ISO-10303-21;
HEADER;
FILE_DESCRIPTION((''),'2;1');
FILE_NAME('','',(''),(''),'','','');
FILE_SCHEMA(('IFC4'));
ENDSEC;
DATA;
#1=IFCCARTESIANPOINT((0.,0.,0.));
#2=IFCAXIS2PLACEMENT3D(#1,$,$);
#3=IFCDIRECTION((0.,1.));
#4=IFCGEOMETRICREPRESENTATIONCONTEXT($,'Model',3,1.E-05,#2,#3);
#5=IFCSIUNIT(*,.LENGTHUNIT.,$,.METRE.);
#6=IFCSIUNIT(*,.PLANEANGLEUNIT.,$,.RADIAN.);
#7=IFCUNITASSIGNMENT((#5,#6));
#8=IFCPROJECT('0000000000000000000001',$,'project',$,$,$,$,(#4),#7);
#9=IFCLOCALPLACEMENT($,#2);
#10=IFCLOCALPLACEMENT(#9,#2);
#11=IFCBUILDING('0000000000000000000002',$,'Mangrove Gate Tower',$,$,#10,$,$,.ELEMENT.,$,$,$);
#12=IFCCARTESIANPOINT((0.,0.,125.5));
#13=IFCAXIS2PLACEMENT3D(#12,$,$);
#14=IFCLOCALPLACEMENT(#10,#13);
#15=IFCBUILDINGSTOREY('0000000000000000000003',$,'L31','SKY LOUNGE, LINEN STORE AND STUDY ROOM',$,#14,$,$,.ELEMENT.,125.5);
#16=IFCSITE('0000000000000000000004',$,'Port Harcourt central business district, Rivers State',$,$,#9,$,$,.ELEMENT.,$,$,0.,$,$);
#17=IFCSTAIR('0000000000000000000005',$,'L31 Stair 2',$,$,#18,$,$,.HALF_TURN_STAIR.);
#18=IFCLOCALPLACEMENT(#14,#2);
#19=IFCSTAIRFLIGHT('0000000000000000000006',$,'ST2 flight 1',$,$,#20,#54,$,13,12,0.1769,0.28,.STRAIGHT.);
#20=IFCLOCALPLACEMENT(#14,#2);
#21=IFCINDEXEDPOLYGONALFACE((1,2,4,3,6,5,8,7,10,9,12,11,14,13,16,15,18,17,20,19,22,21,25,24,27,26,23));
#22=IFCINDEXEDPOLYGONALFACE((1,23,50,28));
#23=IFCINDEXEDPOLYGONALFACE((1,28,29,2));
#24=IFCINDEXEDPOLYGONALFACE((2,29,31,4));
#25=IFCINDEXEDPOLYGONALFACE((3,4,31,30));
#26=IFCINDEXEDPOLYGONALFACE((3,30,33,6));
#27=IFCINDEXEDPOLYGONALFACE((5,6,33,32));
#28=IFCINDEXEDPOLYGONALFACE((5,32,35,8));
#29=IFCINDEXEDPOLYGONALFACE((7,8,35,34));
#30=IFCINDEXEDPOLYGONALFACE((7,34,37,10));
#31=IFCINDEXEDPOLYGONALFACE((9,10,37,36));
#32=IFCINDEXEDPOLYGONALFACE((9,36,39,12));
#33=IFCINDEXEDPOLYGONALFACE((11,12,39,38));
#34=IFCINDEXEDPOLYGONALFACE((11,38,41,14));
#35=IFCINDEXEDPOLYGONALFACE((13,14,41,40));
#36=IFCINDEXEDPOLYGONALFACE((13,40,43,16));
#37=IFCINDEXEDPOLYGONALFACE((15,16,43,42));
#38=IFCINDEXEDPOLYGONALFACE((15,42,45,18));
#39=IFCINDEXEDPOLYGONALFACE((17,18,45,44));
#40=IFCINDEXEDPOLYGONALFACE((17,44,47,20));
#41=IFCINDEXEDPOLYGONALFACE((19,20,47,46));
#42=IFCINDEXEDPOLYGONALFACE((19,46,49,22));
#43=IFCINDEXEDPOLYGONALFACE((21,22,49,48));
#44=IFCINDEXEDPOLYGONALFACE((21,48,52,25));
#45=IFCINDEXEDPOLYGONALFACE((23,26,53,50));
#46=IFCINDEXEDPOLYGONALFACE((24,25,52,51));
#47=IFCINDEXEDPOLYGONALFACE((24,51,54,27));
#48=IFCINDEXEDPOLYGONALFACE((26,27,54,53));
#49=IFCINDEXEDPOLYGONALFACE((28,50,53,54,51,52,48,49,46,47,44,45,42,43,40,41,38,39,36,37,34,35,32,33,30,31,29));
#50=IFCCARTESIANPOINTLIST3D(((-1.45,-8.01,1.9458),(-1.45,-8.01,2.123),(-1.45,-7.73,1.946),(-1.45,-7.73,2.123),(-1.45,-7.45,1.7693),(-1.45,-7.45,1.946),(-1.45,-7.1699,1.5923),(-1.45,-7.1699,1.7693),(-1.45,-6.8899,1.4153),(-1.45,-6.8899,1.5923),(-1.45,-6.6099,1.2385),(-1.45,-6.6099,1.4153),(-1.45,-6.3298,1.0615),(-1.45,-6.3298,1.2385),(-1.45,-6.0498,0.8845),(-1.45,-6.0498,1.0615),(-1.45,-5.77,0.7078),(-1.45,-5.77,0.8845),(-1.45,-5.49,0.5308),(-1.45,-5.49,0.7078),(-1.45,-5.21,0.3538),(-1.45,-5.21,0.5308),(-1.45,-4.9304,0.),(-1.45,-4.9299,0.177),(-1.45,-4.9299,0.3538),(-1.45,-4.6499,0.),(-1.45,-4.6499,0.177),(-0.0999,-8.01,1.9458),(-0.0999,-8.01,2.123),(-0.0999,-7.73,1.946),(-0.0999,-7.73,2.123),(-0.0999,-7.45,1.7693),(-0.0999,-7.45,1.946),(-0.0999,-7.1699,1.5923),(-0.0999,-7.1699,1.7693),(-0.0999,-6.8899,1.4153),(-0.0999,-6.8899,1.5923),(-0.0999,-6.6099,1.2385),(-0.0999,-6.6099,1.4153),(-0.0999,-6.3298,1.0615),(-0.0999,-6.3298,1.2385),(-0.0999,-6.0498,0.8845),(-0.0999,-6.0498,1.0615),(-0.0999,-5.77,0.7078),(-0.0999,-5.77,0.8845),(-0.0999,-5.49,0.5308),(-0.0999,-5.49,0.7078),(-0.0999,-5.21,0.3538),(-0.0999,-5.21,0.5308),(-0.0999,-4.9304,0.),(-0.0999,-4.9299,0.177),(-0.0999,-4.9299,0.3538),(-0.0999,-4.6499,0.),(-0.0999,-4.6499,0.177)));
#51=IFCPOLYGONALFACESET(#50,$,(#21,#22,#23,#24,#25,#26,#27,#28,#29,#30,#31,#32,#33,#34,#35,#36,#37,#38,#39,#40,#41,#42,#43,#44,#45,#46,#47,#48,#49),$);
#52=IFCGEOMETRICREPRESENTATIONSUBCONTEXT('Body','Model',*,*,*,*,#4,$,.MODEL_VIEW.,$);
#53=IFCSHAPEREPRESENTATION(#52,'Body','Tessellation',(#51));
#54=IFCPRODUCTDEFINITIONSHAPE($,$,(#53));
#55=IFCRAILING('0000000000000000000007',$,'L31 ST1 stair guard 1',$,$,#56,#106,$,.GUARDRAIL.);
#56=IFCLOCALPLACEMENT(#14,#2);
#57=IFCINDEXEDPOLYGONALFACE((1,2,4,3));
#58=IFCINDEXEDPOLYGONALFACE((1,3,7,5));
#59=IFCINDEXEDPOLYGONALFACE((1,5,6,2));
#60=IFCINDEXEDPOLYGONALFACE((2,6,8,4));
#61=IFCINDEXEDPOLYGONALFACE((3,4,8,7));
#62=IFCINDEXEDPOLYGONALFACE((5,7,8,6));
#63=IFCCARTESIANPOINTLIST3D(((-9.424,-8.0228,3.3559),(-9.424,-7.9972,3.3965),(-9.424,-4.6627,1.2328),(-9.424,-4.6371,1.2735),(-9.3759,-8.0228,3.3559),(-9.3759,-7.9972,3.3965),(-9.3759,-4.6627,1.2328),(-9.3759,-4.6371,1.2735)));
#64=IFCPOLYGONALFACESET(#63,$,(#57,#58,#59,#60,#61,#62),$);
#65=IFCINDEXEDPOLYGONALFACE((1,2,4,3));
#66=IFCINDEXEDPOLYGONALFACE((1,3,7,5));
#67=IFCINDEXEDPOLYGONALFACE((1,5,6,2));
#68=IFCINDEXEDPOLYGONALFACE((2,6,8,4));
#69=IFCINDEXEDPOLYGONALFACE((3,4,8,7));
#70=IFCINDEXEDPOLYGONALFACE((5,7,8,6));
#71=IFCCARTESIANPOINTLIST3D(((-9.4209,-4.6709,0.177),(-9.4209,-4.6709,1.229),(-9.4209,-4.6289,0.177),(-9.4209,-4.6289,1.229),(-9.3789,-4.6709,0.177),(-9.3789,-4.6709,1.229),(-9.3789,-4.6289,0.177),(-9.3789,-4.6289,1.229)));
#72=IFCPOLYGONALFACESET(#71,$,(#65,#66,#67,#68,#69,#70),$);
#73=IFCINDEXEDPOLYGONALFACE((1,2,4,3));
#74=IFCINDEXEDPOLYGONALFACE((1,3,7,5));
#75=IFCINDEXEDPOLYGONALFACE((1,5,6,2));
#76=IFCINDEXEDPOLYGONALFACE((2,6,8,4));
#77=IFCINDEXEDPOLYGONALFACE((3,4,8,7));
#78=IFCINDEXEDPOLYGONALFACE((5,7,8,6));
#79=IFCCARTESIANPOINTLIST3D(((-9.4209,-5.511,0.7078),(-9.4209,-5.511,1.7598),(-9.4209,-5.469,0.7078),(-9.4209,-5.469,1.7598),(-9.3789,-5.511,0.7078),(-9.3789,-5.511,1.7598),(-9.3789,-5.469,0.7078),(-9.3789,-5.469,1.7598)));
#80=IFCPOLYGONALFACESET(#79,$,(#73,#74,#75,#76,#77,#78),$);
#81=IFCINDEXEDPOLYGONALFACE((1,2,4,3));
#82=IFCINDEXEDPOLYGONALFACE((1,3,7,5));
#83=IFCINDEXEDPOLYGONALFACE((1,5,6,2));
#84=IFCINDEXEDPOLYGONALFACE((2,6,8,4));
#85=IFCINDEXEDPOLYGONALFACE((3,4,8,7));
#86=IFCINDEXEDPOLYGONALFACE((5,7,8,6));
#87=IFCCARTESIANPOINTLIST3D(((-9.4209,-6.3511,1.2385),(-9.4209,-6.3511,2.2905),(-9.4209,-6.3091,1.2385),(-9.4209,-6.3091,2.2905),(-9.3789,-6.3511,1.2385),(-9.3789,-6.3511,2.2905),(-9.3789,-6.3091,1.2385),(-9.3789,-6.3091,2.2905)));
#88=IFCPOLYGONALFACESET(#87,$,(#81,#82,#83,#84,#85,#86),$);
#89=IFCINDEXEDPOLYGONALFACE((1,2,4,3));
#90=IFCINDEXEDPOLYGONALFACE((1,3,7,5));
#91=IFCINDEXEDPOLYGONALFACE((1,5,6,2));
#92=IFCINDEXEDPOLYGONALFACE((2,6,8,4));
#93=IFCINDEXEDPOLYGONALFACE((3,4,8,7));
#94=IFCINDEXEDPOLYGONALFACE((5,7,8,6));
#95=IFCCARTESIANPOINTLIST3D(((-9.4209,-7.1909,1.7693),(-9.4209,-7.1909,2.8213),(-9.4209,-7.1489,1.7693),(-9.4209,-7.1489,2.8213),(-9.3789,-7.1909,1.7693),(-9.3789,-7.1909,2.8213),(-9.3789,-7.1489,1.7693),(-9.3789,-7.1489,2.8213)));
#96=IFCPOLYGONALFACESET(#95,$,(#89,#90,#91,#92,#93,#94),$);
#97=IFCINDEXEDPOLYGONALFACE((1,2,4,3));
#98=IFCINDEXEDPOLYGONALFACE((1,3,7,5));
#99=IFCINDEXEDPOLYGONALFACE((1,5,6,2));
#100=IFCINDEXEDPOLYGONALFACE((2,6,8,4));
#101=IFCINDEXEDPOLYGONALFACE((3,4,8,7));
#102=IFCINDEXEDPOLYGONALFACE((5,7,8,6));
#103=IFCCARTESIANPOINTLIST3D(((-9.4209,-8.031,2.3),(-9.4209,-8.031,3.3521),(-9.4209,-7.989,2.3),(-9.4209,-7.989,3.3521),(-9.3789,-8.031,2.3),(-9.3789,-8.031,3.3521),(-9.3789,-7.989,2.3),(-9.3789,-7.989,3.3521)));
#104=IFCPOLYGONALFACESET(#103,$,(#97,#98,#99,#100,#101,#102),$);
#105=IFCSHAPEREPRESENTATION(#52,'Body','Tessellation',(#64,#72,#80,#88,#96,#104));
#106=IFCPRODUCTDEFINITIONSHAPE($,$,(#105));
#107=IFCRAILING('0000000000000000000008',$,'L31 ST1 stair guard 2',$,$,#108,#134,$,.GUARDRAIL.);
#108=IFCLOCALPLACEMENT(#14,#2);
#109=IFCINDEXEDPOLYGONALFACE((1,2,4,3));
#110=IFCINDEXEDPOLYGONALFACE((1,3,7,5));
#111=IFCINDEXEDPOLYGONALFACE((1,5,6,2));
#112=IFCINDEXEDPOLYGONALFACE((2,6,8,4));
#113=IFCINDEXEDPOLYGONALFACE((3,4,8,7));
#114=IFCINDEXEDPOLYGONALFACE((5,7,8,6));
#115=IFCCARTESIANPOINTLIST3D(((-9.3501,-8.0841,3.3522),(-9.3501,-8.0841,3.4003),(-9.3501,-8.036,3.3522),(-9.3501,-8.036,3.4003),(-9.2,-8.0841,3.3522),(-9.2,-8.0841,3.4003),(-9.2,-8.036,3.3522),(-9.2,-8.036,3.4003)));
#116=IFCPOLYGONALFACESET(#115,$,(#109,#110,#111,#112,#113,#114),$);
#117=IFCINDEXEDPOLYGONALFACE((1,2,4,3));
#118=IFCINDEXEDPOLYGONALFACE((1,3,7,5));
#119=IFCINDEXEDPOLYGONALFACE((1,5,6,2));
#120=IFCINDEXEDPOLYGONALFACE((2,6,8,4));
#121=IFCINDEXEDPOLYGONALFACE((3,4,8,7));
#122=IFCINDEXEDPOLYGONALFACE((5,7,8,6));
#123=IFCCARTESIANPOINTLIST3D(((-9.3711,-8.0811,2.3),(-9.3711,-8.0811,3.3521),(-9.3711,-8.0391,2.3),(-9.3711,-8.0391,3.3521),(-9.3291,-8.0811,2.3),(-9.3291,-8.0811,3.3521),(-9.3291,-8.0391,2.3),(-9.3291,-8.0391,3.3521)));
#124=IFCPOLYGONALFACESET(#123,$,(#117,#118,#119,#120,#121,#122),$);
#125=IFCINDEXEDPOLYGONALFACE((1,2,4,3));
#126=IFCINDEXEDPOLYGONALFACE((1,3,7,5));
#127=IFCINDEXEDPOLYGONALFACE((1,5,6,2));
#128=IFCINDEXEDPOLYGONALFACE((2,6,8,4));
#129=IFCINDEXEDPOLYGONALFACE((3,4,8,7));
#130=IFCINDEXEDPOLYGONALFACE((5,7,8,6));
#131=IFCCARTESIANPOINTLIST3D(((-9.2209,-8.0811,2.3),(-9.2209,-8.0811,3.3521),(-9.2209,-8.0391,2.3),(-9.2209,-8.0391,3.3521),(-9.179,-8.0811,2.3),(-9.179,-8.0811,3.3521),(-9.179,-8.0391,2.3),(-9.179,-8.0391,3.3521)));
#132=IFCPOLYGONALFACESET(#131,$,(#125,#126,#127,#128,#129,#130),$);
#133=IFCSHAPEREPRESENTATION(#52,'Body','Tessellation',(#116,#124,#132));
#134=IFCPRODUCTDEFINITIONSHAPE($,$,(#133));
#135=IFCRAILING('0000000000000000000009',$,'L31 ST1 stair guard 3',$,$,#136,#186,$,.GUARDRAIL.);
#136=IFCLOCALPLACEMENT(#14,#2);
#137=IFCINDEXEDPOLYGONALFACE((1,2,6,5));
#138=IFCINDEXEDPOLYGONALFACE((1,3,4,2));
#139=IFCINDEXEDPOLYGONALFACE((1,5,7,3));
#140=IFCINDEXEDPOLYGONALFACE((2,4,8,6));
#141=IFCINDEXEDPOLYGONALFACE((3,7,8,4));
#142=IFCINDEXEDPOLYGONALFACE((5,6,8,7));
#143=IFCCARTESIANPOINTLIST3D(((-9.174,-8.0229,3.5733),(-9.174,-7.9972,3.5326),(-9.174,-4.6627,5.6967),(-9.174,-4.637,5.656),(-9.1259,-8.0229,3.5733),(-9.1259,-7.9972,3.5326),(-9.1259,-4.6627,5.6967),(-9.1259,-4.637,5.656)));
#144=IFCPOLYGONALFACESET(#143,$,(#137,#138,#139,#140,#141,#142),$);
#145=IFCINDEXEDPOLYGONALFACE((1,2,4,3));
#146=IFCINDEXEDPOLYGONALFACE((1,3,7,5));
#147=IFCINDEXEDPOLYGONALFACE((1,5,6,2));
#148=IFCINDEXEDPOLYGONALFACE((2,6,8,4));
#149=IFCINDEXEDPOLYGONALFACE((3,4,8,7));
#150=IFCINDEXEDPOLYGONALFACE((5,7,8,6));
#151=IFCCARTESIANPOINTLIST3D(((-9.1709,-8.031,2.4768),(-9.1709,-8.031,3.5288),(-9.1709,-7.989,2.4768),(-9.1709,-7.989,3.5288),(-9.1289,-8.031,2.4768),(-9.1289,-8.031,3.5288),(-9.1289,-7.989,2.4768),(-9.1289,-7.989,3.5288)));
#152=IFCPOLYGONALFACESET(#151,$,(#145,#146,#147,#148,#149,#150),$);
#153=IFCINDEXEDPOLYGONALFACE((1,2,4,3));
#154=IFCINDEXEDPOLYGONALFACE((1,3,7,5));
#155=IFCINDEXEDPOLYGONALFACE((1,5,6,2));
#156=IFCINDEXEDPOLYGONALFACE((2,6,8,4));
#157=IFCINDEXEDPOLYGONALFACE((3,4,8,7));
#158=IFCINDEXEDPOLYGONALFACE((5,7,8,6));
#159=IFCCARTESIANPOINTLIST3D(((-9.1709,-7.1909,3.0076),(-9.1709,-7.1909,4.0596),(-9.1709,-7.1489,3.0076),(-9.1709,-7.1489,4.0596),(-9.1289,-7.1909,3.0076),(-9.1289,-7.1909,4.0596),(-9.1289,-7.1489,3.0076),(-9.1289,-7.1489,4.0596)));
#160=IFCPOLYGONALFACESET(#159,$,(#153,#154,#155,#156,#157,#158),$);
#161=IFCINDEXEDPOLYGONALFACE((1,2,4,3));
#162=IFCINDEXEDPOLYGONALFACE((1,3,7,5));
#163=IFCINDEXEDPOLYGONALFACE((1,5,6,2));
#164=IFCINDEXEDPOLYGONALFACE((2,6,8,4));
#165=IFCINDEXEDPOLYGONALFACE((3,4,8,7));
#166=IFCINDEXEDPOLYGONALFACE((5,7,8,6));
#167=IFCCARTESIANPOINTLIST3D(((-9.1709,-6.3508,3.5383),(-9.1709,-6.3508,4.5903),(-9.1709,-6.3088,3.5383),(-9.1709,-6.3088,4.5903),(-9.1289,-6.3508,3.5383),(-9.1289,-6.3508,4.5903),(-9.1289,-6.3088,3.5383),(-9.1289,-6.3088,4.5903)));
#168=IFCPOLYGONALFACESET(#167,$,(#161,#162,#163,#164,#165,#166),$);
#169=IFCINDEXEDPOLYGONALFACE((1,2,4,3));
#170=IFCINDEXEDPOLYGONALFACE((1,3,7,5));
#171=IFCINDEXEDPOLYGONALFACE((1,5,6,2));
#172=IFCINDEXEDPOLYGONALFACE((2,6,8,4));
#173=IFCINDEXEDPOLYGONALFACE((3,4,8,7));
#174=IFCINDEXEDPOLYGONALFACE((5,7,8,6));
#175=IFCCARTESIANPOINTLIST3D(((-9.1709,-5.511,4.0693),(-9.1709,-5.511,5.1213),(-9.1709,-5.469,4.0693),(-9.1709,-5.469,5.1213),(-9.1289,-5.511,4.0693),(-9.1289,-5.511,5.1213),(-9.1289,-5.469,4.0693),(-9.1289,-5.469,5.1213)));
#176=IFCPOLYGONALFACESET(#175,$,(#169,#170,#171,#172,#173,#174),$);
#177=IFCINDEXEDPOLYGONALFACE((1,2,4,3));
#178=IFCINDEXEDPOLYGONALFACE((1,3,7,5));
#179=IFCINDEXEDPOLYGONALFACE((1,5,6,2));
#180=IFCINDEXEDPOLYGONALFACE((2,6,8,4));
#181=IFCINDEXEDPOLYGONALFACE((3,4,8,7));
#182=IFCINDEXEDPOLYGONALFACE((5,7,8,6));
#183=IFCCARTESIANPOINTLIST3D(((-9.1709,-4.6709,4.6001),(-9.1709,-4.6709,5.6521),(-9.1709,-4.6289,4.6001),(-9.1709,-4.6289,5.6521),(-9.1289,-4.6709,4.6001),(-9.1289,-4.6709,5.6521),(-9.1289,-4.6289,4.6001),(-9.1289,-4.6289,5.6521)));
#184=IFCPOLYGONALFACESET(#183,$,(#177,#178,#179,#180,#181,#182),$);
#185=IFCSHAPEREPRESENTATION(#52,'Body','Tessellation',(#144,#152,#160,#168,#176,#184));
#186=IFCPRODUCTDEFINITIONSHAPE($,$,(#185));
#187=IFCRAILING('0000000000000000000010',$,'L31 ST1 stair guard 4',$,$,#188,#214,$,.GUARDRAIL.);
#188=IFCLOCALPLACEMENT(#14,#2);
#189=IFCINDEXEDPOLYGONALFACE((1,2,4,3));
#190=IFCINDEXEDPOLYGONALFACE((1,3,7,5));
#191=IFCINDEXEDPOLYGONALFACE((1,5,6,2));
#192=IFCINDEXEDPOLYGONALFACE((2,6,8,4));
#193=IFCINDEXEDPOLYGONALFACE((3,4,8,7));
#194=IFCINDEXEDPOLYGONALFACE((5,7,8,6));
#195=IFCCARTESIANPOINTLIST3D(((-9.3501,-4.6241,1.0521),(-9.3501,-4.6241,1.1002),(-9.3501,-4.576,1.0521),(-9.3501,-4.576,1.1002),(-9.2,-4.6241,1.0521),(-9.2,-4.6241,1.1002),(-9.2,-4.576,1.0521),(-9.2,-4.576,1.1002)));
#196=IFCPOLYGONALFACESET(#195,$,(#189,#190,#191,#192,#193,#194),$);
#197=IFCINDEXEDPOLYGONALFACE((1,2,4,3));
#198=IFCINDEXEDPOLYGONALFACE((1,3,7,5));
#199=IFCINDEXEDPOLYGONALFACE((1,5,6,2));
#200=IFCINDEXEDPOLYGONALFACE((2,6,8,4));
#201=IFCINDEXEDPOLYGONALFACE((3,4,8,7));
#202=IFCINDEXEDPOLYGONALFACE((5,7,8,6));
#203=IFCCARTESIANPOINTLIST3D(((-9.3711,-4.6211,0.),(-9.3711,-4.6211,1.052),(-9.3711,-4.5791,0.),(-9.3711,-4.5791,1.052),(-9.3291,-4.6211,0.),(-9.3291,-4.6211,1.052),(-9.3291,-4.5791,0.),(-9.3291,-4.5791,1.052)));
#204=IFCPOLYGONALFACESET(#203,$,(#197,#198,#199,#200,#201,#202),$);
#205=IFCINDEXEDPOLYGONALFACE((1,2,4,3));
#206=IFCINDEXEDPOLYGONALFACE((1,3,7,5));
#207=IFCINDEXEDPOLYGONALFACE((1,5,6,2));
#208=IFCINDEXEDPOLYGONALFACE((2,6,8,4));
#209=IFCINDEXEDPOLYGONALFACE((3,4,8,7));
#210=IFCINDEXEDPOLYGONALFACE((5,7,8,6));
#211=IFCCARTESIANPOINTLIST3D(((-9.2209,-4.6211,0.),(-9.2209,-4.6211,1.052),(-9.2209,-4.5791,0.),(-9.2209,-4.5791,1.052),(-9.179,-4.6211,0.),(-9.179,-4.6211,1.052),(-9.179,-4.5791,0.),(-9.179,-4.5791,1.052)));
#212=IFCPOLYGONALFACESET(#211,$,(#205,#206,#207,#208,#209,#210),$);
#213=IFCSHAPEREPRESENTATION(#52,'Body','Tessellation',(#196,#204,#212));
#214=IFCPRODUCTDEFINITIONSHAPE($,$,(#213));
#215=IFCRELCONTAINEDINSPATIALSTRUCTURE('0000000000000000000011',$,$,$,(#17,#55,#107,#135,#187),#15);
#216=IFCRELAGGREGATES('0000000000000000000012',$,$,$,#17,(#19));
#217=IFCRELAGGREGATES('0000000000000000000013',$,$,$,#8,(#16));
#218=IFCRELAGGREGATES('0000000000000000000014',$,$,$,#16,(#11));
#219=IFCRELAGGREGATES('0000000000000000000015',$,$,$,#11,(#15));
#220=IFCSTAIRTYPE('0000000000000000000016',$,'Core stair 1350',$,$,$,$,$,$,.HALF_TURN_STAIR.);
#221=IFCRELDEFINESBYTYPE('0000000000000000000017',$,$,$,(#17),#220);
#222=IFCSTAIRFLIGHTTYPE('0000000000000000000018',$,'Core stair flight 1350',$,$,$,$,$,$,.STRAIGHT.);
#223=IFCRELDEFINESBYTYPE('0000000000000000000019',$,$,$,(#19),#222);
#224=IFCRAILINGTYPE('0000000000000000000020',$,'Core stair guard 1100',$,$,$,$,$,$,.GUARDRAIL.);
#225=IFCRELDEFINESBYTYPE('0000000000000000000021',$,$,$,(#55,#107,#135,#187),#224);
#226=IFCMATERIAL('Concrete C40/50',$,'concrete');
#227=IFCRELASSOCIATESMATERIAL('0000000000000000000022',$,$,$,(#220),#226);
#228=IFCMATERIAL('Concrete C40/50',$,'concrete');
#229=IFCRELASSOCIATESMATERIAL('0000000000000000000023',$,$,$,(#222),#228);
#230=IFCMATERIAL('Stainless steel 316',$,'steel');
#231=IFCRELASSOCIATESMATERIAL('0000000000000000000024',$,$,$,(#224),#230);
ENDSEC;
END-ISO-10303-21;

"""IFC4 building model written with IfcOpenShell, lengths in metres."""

from ifc_helpers import new_model, si_unit, direction, frame, origin, origin_2d, place, context, subcontext, project, spatial, polyline, rectangle, outline, extrude, material, type_object, element, aggregate, save


model = new_model("IFC4")

# Units and contexts
model_context = context("Model", 3, precision=1e-05, world=origin(), true_north=direction((0.0, 1.0)))
body_context = subcontext(model_context, "Body", "Model", "MODEL_VIEW")
ifc_project = project(units=[si_unit("LENGTHUNIT", "METRE"), si_unit("PLANEANGLEUNIT", "RADIAN")], contexts=[model_context])

# Site, building, storey
site_placement = place(None, origin())
site = spatial("IfcSite", under=ifc_project, at=site_placement, Name="Port Harcourt central business district, Rivers State", CompositionType="ELEMENT", RefElevation=0.0)
building_placement = place(site_placement, origin())
building = spatial("IfcBuilding", under=site, at=building_placement, Name="Mangrove Gate Tower", CompositionType="ELEMENT")
storey_placement = place(building_placement, frame((0.0, 0.0, 125.5)))
storey = spatial("IfcBuildingStorey", under=building, at=storey_placement, Name="L31", Description="SKY LOUNGE, LINEN STORE AND STUDY ROOM", CompositionType="ELEMENT", Elevation=125.5)

# Shared definitions
ifc_material_1 = material(Name="Concrete C40/50", Category="concrete")
stair_type = type_object("IfcStairType", Name="Core stair 1350", PredefinedType="HALF_TURN_STAIR", material=ifc_material_1)
ifc_material_2 = material(Name="Concrete C40/50", Category="concrete")
stair_flight_type = type_object("IfcStairFlightType", Name="Core stair flight 1350", PredefinedType="STRAIGHT", material=ifc_material_2)

# Stair, stair flight
stair_1_placement = place(storey_placement, origin())
stair_1 = element("IfcStair", 1, at=stair_1_placement, inside=storey, type_object=stair_type, Name="L31 Stair 2", PredefinedType="HALF_TURN_STAIR")
stair_flight_1_placement = place(storey_placement, frame((-0.7749, -4.6499, 0.0), z_axis=(0.0, 0.0, 1.0), x_axis=(0.0, -1.0, 0.0)))
stair_flight_1 = element("IfcStairFlight", 2, at=stair_flight_1_placement, type_object=stair_flight_type, Name="ST2 flight 1", NumberOfRisers=13, NumberOfTreads=12, PredefinedType="STRAIGHT", RiserHeight=0.1769, TreadLength=0.28, context=body_context, shape_type="SweptSolid", body=[
    extrude(outline(polyline([(0.0, 0.0), (0.0, 0.177), (0.28, 0.177), (0.28, 0.3538), (0.5601, 0.3538), (0.5601, 0.5308), (0.8401, 0.5308), (0.8401, 0.7078), (1.1201, 0.7078), (1.1201, 0.8845), (1.3999, 0.8845), (1.3999, 1.0615), (1.6799, 1.0615), (1.6799, 1.2385), (1.96, 1.2385), (1.96, 1.4153), (2.24, 1.4153), (2.24, 1.5923), (2.52, 1.5923), (2.52, 1.7693), (2.8, 1.7693), (2.8, 1.946), (3.0801, 1.946), (3.0801, 2.123), (3.3601, 2.123), (3.3601, 2.3), (3.3601, 1.9458), (0.2805, 0.0), (0.0, 0.0)])), frame((0.0, 0.675, 0.0), z_axis=(0.0, -1.0, 0.0), x_axis=(1.0, 0.0, 0.0)), (0.0, 0.0, 1.0), 1.3501),
])
aggregate(stair_1, [stair_flight_1])

# Railings
ifc_material_3 = material(Name="Stainless steel 316", Category="steel")
railing_type_1 = type_object("IfcRailingType", Name="Core stair guard 1100", PredefinedType="GUARDRAIL", material=ifc_material_3)
railing_1_placement = place(storey_placement, frame((-9.3999, -4.6499, 0.177)))
element("IfcRailing", 3, at=railing_1_placement, inside=storey, type_object=railing_type_1, Name="L31 ST1 stair guard 1", PredefinedType="GUARDRAIL", context=body_context, shape_type="SweptSolid", body=[
    extrude(rectangle(XDim=0.0481, YDim=0.0481, at=origin_2d()), frame((0.0, 0.0, 1.0762), z_axis=(0.0, -0.84539, 0.53415), x_axis=(1.0, 0.0, 0.0)), (0.0, 0.0, 1.0), 3.9746),
    extrude(rectangle(XDim=0.042, YDim=0.042, at=origin_2d()), origin(), (0.0, 0.0, 1.0), 1.052),
    extrude(rectangle(XDim=0.042, YDim=0.042, at=origin_2d()), frame((0.0, -0.8401, 0.5308)), (0.0, 0.0, 1.0), 1.052),
    extrude(rectangle(XDim=0.042, YDim=0.042, at=origin_2d()), frame((0.0, -1.6802, 1.0615)), (0.0, 0.0, 1.0), 1.052),
    extrude(rectangle(XDim=0.042, YDim=0.042, at=origin_2d()), frame((0.0, -2.52, 1.5923)), (0.0, 0.0, 1.0), 1.052),
    extrude(rectangle(XDim=0.042, YDim=0.042, at=origin_2d()), frame((0.0, -3.3601, 2.123)), (0.0, 0.0, 1.0), 1.052),
])
railing_2_placement = place(storey_placement, frame((-9.3501, -8.0601, 2.3)))
element("IfcRailing", 4, at=railing_2_placement, inside=storey, type_object=railing_type_1, Name="L31 ST1 stair guard 2", PredefinedType="GUARDRAIL", context=body_context, shape_type="SweptSolid", body=[
    extrude(rectangle(XDim=0.0481, YDim=0.0481, at=origin_2d()), frame((0.0, 0.0, 1.0762), z_axis=(1.0, 0.0, 0.0), x_axis=(0.0, 1.0, 0.0)), (0.0, 0.0, 1.0), 0.1501),
    extrude(rectangle(XDim=0.042, YDim=0.042, at=origin_2d()), origin(), (0.0, 0.0, 1.0), 1.052),
    extrude(rectangle(XDim=0.042, YDim=0.042, at=origin_2d()), frame((0.1501, 0.0, 0.0)), (0.0, 0.0, 1.0), 1.052),
])
railing_3_placement = place(storey_placement, frame((-9.1499, -8.01, 2.4768)))
element("IfcRailing", 5, at=railing_3_placement, inside=storey, type_object=railing_type_1, Name="L31 ST1 stair guard 3", PredefinedType="GUARDRAIL", context=body_context, shape_type="SweptSolid", body=[
    extrude(rectangle(XDim=0.0481, YDim=0.0481, at=origin_2d()), frame((0.0, 0.0, 1.0762), z_axis=(0.0, 0.845362, 0.534194), x_axis=(-1.0, 0.0, 0.0)), (0.0, 0.0, 1.0), 3.9749),
    extrude(rectangle(XDim=0.042, YDim=0.042, at=origin_2d()), origin(), (0.0, 0.0, 1.0), 1.052),
    extrude(rectangle(XDim=0.042, YDim=0.042, at=origin_2d()), frame((0.0, 0.8401, 0.5308)), (0.0, 0.0, 1.0), 1.052),
    extrude(rectangle(XDim=0.042, YDim=0.042, at=origin_2d()), frame((0.0, 1.6802, 1.0615)), (0.0, 0.0, 1.0), 1.052),
    extrude(rectangle(XDim=0.042, YDim=0.042, at=origin_2d()), frame((0.0, 2.52, 1.5925)), (0.0, 0.0, 1.0), 1.052),
    extrude(rectangle(XDim=0.042, YDim=0.042, at=origin_2d()), frame((0.0, 3.3601, 2.1233)), (0.0, 0.0, 1.0), 1.052),
])
railing_4_placement = place(storey_placement, frame((-9.3501, -4.6001, 0.0)))
element("IfcRailing", 6, at=railing_4_placement, inside=storey, type_object=railing_type_1, Name="L31 ST1 stair guard 4", PredefinedType="GUARDRAIL", context=body_context, shape_type="SweptSolid", body=[
    extrude(rectangle(XDim=0.0481, YDim=0.0481, at=origin_2d()), frame((0.0, 0.0, 1.0762), z_axis=(1.0, 0.0, 0.0), x_axis=(0.0, 1.0, 0.0)), (0.0, 0.0, 1.0), 0.1501),
    extrude(rectangle(XDim=0.042, YDim=0.042, at=origin_2d()), origin(), (0.0, 0.0, 1.0), 1.052),
    extrude(rectangle(XDim=0.042, YDim=0.042, at=origin_2d()), frame((0.1501, 0.0, 0.0)), (0.0, 0.0, 1.0), 1.052),
])

save(model, "model.ifc")
